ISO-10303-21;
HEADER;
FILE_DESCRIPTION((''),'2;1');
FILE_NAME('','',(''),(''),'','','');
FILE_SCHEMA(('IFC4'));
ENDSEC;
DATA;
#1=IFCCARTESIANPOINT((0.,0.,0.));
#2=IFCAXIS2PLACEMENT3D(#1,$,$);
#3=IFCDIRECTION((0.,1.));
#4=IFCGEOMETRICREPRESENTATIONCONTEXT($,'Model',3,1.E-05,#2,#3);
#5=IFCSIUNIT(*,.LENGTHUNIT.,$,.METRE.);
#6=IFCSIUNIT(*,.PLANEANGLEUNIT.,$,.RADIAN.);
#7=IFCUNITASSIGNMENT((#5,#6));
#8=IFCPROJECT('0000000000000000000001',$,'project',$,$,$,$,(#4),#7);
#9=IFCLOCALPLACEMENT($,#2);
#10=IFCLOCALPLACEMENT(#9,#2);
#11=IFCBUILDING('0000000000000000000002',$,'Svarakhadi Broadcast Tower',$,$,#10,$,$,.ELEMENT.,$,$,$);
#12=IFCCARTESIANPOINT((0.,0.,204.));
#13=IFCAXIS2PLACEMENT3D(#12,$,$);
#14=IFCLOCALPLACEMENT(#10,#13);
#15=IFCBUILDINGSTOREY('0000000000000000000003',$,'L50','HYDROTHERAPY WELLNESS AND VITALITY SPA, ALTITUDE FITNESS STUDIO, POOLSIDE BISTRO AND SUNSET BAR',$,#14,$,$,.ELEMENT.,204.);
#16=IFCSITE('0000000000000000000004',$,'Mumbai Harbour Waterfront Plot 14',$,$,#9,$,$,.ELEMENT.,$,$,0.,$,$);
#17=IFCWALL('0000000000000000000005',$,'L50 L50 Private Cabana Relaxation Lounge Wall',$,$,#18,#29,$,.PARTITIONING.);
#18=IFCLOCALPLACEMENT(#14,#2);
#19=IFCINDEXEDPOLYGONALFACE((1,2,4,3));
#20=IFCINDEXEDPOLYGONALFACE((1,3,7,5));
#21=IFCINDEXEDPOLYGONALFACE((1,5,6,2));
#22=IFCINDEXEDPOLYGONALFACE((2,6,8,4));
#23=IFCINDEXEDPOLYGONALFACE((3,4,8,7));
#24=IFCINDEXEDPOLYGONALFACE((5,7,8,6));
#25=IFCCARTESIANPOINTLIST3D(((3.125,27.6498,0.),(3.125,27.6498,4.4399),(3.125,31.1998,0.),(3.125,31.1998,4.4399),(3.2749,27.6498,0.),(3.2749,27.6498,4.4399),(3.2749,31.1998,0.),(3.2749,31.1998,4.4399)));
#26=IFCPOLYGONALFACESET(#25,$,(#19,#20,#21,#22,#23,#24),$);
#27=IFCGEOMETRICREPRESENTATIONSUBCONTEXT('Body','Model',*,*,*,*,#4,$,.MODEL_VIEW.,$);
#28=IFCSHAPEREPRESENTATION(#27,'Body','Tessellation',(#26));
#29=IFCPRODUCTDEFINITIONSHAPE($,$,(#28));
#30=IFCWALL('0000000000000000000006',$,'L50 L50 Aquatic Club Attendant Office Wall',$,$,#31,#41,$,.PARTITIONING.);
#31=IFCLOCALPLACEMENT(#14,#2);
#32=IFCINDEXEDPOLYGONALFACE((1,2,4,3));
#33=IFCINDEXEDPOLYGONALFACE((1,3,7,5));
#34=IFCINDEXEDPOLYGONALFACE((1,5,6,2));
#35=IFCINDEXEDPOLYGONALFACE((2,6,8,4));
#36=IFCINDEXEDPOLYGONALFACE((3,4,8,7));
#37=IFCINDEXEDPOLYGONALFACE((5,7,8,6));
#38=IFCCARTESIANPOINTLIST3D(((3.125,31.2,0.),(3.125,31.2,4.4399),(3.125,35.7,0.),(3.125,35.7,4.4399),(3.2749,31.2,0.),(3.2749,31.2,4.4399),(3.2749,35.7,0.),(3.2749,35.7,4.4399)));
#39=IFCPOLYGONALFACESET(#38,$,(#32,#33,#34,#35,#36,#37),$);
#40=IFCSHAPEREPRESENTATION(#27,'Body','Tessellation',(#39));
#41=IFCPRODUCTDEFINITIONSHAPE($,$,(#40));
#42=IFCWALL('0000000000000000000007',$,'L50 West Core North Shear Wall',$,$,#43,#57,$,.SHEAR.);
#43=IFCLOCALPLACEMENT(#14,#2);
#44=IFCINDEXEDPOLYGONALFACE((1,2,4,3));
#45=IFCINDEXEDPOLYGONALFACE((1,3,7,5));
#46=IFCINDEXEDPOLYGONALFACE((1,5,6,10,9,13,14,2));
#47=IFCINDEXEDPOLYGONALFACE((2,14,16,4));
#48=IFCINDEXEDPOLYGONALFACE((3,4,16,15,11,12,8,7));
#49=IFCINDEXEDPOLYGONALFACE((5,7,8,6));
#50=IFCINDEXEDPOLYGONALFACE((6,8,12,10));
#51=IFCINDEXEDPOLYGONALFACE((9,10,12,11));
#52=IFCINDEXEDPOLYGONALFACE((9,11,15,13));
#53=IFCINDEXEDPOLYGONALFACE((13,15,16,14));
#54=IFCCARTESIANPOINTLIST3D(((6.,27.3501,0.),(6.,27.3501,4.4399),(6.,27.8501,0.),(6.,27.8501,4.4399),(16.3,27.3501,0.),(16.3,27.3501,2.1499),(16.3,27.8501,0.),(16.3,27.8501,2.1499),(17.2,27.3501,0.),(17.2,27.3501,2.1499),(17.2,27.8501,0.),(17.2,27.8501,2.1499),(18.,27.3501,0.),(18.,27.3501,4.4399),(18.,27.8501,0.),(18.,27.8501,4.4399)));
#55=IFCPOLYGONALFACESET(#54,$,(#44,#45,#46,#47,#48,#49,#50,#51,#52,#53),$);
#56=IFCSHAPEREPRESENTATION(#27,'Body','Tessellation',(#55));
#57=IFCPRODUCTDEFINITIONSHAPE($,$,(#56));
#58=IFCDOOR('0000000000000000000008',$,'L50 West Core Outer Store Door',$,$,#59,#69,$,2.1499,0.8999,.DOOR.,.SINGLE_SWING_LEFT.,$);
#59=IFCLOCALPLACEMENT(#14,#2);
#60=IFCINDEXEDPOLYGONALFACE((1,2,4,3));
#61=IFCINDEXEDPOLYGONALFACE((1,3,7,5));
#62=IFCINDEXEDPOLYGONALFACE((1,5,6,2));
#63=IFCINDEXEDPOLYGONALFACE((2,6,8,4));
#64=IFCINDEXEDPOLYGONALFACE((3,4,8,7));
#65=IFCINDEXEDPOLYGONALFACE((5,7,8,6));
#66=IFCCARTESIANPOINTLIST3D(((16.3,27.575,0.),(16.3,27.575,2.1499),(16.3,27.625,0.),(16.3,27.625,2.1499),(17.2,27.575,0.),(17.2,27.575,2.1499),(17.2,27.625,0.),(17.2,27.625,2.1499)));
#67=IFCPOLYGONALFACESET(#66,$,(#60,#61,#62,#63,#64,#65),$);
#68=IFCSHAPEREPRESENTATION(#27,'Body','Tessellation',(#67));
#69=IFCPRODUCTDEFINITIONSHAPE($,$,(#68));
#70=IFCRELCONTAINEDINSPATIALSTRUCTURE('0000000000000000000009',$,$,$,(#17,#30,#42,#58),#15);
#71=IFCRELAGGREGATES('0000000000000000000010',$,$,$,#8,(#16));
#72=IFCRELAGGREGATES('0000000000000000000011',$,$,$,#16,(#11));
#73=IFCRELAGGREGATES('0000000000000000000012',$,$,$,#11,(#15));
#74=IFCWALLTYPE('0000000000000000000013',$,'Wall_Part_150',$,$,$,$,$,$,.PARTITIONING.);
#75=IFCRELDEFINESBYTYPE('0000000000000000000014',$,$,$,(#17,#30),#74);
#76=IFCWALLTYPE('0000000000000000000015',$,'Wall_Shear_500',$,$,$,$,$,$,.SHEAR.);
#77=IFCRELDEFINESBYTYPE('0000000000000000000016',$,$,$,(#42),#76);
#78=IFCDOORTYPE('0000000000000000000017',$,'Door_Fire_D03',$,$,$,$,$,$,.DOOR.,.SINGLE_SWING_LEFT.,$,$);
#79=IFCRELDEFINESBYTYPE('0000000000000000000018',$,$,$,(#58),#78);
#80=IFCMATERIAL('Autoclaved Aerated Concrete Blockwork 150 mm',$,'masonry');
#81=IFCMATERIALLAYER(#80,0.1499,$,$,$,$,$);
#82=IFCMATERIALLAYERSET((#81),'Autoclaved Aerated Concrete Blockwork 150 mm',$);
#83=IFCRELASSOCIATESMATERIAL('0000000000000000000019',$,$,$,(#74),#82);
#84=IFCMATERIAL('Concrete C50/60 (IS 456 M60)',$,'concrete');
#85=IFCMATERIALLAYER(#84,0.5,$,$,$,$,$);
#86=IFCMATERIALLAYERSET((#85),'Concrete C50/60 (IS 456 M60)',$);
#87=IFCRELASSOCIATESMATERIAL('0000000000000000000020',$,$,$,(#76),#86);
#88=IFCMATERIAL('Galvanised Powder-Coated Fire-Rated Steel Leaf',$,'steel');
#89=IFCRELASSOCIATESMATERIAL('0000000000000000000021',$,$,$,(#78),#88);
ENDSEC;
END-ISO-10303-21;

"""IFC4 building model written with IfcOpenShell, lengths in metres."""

from ifc_helpers import new_model, si_unit, direction, frame, frame_2d, origin, place, context, subcontext, project, spatial, rectangle, extrude, material, layer, layer_set, type_object, element, fill, save


model = new_model("IFC4")

# Units and contexts
model_context = context("Model", 3, precision=1e-05, world=origin(), true_north=direction((0.0, 1.0)))
body_context = subcontext(model_context, "Body", "Model", "MODEL_VIEW")
ifc_project = project(units=[si_unit("LENGTHUNIT", "METRE"), si_unit("PLANEANGLEUNIT", "RADIAN")], contexts=[model_context])

# Site, building, storey
site_placement = place(None, origin())
site = spatial("IfcSite", under=ifc_project, at=site_placement, Name="Mumbai Harbour Waterfront Plot 14", CompositionType="ELEMENT", RefElevation=0.0)
building_placement = place(site_placement, origin())
building = spatial("IfcBuilding", under=site, at=building_placement, Name="Svarakhadi Broadcast Tower", CompositionType="ELEMENT")
storey_placement = place(building_placement, frame((0.0, 0.0, 204.0)))
storey = spatial("IfcBuildingStorey", under=building, at=storey_placement, Name="L50", Description="HYDROTHERAPY WELLNESS AND VITALITY SPA, ALTITUDE FITNESS STUDIO, POOLSIDE BISTRO AND SUNSET BAR", CompositionType="ELEMENT", Elevation=204.0)

# Walls
ifc_material_1 = material(Name="Autoclaved Aerated Concrete Blockwork 150 mm", Category="masonry")
ifc_layer_1 = layer(ifc_material_1, 0.1499)
ifc_layer_set_1 = layer_set([ifc_layer_1], Name="Autoclaved Aerated Concrete Blockwork 150 mm")
wall_type_1 = type_object("IfcWallType", Name="Wall_Part_150", PredefinedType="PARTITIONING", material=ifc_layer_set_1)
wall_1_placement = place(storey_placement, frame((3.2, 27.6499, 0.0), z_axis=(0.0, 0.0, 1.0), x_axis=(0.0, 1.0, 0.0)))
element("IfcWall", 1, at=wall_1_placement, inside=storey, type_object=wall_type_1, Name="L50 L50 Private Cabana Relaxation Lounge Wall", PredefinedType="PARTITIONING", context=body_context, shape_type="SweptSolid", body=[
    extrude(rectangle(XDim=3.55, YDim=0.1499, at=frame_2d((1.7749, 0.0))), origin(), (0.0, 0.0, 1.0), 4.4399),
])
wall_2_placement = place(storey_placement, frame((3.2, 31.2, 0.0), z_axis=(0.0, 0.0, 1.0), x_axis=(0.0, 1.0, 0.0)))
element("IfcWall", 2, at=wall_2_placement, inside=storey, type_object=wall_type_1, Name="L50 L50 Aquatic Club Attendant Office Wall", PredefinedType="PARTITIONING", context=body_context, shape_type="SweptSolid", body=[
    extrude(rectangle(XDim=4.5, YDim=0.1499, at=frame_2d((2.25, 0.0))), origin(), (0.0, 0.0, 1.0), 4.4399),
])

# Wall, opening, door
ifc_material_2 = material(Name="Concrete C50/60 (IS 456 M60)", Category="concrete")
ifc_layer_2 = layer(ifc_material_2, 0.5)
ifc_layer_set_2 = layer_set([ifc_layer_2], Name="Concrete C50/60 (IS 456 M60)")
wall_type_2 = type_object("IfcWallType", Name="Wall_Shear_500", PredefinedType="SHEAR", material=ifc_layer_set_2)
wall_3_placement = place(storey_placement, frame((6.0, 27.6001, 0.0), z_axis=(0.0, 0.0, 1.0), x_axis=(1.0, 0.0, 0.0)))
wall_3 = element("IfcWall", 3, at=wall_3_placement, inside=storey, type_object=wall_type_2, Name="L50 West Core North Shear Wall", PredefinedType="SHEAR", context=body_context, shape_type="SweptSolid", body=[
    extrude(rectangle(XDim=12.0, YDim=0.5, at=frame_2d((6.0, 0.0))), origin(), (0.0, 0.0, 1.0), 4.4399),
])
opening_placement = place(wall_3_placement, frame((10.3, 0.0, 0.0)))
opening = element("IfcOpeningElement", 4, at=opening_placement, cuts=wall_3, PredefinedType="OPENING", context=body_context, shape_type="SweptSolid", body=[
    extrude(rectangle(XDim=0.8999, YDim=2.1499, at=frame_2d((0.45, 1.075))), frame((0.0, 0.26, 0.0), z_axis=(0.0, -1.0, 0.0), x_axis=(1.0, 0.0, 0.0)), (0.0, 0.0, 1.0), 0.52),
])
ifc_material_3 = material(Name="Galvanised Powder-Coated Fire-Rated Steel Leaf", Category="steel")
door_type = type_object("IfcDoorType", Name="Door_Fire_D03", OperationType="SINGLE_SWING_LEFT", PredefinedType="DOOR", material=ifc_material_3)
door_placement = place(opening_placement, origin())
door = element("IfcDoor", 5, at=door_placement, inside=storey, type_object=door_type, Name="L50 West Core Outer Store Door", OperationType="SINGLE_SWING_LEFT", OverallHeight=2.1499, OverallWidth=0.8999, PredefinedType="DOOR", context=body_context, shape_type="SweptSolid", body=[
    extrude(rectangle(XDim=0.8999, YDim=2.1499, at=frame_2d((0.45, 1.075))), frame((0.0, 0.0249, 0.0), z_axis=(0.0, -1.0, 0.0), x_axis=(1.0, 0.0, 0.0)), (0.0, 0.0, 1.0), 0.05),
])
fill(opening, door)

save(model, "model.ifc")
